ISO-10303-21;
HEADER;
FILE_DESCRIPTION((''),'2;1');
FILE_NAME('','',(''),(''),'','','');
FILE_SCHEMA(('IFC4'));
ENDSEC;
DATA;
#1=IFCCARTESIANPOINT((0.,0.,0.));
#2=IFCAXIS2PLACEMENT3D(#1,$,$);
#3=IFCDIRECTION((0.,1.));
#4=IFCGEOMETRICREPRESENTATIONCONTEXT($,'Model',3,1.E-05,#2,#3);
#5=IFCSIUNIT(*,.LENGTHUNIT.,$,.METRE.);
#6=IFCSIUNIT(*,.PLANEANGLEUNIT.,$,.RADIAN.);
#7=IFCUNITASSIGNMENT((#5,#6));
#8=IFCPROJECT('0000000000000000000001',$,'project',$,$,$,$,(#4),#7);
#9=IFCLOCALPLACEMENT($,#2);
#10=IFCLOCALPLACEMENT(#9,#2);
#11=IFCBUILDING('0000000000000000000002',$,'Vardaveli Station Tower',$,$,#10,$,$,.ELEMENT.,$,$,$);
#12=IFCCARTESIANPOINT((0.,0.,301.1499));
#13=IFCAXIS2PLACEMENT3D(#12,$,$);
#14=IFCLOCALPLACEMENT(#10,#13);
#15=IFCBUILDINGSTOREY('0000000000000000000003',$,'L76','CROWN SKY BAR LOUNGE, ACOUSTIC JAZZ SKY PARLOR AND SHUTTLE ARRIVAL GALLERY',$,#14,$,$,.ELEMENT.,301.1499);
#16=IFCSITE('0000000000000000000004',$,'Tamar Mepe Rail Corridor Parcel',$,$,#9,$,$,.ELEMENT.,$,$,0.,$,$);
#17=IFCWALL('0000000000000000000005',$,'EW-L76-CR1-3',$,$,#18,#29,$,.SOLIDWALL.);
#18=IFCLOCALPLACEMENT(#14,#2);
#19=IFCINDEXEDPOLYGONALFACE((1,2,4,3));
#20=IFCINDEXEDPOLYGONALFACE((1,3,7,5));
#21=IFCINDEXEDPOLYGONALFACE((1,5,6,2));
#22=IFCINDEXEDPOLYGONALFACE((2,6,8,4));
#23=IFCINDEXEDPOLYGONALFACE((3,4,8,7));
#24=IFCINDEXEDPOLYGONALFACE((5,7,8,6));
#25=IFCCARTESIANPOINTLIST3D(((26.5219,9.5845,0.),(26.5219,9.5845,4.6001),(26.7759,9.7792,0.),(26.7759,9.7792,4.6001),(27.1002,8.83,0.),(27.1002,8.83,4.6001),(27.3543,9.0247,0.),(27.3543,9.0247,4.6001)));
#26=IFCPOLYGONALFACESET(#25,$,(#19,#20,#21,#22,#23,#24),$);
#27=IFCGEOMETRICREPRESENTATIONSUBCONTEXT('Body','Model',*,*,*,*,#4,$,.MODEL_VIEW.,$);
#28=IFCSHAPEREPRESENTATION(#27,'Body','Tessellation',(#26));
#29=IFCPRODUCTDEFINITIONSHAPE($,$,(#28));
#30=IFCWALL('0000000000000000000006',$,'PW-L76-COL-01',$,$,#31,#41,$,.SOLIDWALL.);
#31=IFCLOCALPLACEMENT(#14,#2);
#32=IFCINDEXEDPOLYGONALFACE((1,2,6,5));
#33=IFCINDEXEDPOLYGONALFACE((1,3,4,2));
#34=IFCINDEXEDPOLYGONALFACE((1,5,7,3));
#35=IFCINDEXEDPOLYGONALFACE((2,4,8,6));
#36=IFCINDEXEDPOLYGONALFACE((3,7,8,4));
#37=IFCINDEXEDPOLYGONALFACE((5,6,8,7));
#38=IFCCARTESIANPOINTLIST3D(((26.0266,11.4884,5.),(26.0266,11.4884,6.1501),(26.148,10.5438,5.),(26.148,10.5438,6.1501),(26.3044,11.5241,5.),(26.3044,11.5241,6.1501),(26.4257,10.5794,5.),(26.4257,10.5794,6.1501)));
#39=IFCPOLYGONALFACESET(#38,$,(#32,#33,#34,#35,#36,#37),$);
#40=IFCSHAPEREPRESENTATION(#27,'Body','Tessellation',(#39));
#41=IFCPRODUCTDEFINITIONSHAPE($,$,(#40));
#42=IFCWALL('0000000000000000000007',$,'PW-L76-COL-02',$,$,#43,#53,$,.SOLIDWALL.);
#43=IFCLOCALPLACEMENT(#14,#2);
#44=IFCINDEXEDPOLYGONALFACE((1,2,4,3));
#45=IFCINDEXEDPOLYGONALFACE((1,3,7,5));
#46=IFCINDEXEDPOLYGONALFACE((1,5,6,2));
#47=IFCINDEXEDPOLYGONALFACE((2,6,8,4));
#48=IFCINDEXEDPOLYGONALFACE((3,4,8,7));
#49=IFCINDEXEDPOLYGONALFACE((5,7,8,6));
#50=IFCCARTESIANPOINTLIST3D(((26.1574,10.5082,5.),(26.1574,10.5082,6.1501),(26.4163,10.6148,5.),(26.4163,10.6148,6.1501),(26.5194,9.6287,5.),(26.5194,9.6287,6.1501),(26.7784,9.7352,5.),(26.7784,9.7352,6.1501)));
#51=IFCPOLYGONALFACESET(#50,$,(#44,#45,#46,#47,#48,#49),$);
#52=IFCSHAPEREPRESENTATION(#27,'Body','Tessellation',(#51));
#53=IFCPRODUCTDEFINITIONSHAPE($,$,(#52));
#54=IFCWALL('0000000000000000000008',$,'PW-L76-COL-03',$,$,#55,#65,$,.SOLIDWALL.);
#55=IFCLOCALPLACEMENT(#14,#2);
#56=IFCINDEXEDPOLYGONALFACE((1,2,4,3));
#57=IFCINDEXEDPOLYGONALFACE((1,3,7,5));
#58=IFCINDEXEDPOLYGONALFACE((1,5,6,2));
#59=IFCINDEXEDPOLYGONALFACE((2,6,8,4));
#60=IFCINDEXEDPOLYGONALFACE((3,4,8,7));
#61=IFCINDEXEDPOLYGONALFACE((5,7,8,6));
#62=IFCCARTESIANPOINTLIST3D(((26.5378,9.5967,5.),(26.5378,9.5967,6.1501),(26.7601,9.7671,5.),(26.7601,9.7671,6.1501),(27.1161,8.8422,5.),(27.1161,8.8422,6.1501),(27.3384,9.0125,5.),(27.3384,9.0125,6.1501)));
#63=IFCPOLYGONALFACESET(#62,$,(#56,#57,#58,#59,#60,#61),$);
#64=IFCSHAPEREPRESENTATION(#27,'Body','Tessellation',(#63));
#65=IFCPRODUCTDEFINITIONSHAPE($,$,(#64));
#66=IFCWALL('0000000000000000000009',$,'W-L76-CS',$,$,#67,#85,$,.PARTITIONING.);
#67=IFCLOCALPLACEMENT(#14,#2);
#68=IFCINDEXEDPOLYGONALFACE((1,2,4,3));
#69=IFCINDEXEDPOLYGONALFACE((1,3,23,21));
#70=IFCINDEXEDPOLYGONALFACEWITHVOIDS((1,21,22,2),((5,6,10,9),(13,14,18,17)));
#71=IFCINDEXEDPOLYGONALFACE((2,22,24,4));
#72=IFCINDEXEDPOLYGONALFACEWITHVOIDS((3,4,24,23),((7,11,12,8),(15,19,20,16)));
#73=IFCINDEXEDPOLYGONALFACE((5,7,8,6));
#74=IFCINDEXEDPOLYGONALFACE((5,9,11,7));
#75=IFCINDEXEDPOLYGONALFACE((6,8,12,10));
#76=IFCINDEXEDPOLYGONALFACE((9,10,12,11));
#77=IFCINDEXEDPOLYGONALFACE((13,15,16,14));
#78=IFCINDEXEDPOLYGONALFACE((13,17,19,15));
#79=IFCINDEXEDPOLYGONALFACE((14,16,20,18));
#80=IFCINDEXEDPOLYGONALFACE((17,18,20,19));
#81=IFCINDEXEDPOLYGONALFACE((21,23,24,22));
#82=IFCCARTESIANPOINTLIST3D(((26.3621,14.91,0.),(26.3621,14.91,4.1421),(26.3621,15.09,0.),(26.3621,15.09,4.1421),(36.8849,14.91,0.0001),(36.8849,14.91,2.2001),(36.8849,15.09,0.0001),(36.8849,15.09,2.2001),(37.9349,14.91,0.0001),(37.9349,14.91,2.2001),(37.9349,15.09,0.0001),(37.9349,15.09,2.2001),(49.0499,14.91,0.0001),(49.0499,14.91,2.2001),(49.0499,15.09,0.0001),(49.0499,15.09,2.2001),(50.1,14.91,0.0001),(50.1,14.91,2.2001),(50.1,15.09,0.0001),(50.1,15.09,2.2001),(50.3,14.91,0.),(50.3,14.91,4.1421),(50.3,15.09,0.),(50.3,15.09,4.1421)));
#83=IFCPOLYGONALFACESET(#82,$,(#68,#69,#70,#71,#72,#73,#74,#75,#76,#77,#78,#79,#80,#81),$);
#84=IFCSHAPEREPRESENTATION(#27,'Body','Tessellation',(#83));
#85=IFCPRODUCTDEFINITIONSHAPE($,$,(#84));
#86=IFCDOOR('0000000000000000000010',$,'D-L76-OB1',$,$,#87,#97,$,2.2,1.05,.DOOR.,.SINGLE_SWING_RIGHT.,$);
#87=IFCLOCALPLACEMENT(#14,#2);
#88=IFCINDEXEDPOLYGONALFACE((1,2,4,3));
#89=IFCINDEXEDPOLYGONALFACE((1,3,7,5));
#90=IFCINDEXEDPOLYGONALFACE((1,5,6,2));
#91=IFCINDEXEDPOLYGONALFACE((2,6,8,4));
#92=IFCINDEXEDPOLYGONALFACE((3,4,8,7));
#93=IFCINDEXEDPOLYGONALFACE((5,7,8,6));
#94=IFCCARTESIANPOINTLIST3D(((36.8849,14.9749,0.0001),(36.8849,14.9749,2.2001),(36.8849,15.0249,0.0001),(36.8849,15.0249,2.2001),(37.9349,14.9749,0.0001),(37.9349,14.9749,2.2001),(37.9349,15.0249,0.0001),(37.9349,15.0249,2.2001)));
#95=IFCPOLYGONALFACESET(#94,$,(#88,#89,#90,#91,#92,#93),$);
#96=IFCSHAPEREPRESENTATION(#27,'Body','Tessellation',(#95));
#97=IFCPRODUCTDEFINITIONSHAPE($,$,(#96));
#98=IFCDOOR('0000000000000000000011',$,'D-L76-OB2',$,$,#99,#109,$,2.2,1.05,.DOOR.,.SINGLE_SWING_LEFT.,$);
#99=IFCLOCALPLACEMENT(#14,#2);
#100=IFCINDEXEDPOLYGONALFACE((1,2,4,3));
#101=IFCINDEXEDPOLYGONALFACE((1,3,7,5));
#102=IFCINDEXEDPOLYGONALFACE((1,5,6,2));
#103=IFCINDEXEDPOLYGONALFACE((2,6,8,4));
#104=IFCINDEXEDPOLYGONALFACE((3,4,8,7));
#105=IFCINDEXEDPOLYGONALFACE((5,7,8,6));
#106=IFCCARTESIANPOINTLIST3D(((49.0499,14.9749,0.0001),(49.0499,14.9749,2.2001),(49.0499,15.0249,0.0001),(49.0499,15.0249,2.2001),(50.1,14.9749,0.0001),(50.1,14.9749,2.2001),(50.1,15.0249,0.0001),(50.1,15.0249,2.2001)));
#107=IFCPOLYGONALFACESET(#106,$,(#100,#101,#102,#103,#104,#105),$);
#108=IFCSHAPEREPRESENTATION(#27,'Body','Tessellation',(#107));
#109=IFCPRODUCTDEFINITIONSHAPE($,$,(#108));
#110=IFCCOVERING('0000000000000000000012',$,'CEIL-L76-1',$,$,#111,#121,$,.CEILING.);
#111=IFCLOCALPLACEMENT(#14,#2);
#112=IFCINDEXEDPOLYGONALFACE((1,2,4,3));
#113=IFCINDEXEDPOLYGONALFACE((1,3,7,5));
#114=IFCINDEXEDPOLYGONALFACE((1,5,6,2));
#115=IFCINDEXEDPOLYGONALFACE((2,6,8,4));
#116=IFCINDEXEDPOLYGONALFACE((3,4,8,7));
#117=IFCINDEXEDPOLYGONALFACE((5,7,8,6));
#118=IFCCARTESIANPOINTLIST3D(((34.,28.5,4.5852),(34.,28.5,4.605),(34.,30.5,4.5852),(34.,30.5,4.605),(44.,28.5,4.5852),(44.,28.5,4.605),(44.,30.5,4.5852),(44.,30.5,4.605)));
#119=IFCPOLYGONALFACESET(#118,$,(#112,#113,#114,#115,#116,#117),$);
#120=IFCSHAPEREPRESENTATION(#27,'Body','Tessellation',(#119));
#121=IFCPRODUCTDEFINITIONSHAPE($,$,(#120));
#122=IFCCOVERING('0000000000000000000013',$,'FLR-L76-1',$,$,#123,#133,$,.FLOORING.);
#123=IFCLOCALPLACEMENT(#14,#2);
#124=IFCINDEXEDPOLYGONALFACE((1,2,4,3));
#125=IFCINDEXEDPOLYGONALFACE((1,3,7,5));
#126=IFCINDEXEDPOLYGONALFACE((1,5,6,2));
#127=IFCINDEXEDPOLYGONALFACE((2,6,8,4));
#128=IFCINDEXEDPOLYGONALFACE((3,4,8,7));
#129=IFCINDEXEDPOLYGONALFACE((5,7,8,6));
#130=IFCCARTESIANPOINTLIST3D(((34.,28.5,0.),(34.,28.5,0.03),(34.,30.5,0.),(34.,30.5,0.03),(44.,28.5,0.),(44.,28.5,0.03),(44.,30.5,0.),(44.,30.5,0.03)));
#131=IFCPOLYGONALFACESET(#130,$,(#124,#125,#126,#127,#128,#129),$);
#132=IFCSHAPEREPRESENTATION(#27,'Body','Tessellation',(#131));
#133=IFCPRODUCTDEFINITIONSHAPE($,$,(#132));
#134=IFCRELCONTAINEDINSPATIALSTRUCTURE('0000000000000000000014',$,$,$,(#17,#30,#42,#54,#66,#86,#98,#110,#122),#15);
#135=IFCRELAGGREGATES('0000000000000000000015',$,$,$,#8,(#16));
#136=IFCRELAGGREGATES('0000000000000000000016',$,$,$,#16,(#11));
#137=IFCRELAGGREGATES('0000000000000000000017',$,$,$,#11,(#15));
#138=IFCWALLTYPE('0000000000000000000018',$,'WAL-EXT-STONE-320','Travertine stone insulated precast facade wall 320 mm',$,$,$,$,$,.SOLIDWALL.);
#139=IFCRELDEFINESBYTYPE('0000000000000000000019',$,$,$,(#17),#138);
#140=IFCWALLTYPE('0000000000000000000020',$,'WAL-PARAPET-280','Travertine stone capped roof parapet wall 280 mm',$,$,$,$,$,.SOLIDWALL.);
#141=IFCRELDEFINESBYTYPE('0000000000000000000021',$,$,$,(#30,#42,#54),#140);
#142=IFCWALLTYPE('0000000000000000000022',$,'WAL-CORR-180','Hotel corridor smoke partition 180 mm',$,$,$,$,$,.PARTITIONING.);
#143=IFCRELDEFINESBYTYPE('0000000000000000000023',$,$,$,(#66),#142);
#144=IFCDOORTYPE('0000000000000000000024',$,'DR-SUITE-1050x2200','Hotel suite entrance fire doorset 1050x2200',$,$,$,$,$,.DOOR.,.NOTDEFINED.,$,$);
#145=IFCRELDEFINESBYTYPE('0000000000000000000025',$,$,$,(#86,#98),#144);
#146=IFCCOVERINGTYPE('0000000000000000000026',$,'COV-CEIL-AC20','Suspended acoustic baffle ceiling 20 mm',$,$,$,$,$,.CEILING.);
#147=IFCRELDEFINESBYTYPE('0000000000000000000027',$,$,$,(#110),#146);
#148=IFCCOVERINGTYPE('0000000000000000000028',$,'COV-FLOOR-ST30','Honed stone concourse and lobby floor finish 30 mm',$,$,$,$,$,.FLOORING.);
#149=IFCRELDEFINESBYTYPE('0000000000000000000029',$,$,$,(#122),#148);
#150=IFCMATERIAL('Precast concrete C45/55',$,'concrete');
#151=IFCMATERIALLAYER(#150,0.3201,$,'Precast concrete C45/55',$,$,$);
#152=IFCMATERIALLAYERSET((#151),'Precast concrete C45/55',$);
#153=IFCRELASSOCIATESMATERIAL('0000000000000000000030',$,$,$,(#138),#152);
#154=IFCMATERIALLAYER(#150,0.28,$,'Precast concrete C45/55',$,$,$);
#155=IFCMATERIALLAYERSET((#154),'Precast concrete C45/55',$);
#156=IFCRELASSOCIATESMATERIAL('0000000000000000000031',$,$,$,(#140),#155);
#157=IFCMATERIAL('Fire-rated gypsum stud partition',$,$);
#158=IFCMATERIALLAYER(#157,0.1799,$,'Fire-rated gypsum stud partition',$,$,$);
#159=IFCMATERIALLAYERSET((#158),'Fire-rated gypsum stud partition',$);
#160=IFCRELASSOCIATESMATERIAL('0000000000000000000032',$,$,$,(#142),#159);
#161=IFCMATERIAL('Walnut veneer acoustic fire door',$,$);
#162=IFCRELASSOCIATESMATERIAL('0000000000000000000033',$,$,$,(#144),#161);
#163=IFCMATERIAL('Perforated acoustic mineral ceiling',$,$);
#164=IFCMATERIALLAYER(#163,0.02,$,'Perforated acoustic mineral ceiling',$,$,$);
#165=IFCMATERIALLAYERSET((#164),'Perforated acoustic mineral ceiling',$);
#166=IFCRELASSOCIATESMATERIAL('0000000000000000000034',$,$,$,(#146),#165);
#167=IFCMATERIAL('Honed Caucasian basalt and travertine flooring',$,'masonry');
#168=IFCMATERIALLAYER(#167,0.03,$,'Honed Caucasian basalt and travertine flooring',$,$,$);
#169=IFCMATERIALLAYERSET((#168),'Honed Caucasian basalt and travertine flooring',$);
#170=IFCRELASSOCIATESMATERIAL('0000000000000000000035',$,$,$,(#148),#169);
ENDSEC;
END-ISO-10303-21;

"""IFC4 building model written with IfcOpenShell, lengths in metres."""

from ifc_helpers import new_model, si_unit, direction, frame, frame_2d, origin, place, context, subcontext, project, spatial, polyline, rectangle, outline, extrude, source, transform, mapped, material, layer, layer_set, type_object, element, fill, save


model = new_model("IFC4")

# Units and contexts
model_context = context("Model", 3, precision=1e-05, world=origin(), true_north=direction((0.0, 1.0)))
body_context = subcontext(model_context, "Body", "Model", "MODEL_VIEW")
ifc_project = project(units=[si_unit("LENGTHUNIT", "METRE"), si_unit("PLANEANGLEUNIT", "RADIAN")], contexts=[model_context])

# Site, building, storey
site_placement = place(None, origin())
site = spatial("IfcSite", under=ifc_project, at=site_placement, Name="Tamar Mepe Rail Corridor Parcel", CompositionType="ELEMENT", RefElevation=0.0)
building_placement = place(site_placement, origin())
building = spatial("IfcBuilding", under=site, at=building_placement, Name="Vardaveli Station Tower", CompositionType="ELEMENT")
storey_placement = place(building_placement, frame((0.0, 0.0, 301.1499)))
storey = spatial("IfcBuildingStorey", under=building, at=storey_placement, Name="L76", Description="CROWN SKY BAR LOUNGE, ACOUSTIC JAZZ SKY PARLOR AND SHUTTLE ARRIVAL GALLERY", CompositionType="ELEMENT", Elevation=301.1499)

# Shared definitions
ifc_material_1 = material(Name="Precast concrete C45/55", Category="concrete")

# Shared definitions
ifc_layer_1 = layer(ifc_material_1, 0.3201, Name="Precast concrete C45/55")
ifc_layer_set_1 = layer_set([ifc_layer_1], Name="Precast concrete C45/55")
wall_type_1 = type_object("IfcWallType", Name="WAL-EXT-STONE-320", Description="Travertine stone insulated precast facade wall 320 mm", PredefinedType="SOLIDWALL", material=ifc_layer_set_1)

# Walls
shared_shape_1 = source(origin(), body_context, "Body", "SweptSolid", [
    extrude(rectangle(XDim=0.9507, YDim=0.3201, at=frame_2d((0.4753, 0.0))), origin(), (0.0, 0.0, 1.0), 4.6001),
])
wall_1_placement = place(storey_placement, frame((26.6489, 9.6819, 0.0), z_axis=(0.0, 0.0, 1.0), x_axis=(0.608308, -0.793701, 0.0)))
element("IfcWall", 1, at=wall_1_placement, inside=storey, type_object=wall_type_1, Name="EW-L76-CR1-3", PredefinedType="SOLIDWALL", context=body_context, shape_type="MappedRepresentation", body=[
    mapped(shared_shape_1, transform((0.0, 0.0, 0.0), scale=1.0)),
])
ifc_layer_2 = layer(ifc_material_1, 0.28, Name="Precast concrete C45/55")
ifc_layer_set_2 = layer_set([ifc_layer_2], Name="Precast concrete C45/55")
wall_type_2 = type_object("IfcWallType", Name="WAL-PARAPET-280", Description="Travertine stone capped roof parapet wall 280 mm", PredefinedType="SOLIDWALL", material=ifc_layer_set_2)
shared_shape_2 = source(origin(), body_context, "Body", "SweptSolid", [
    extrude(rectangle(XDim=0.9524, YDim=0.28, at=frame_2d((0.4761, 0.0))), origin(), (0.0, 0.0, 1.0), 1.1501),
])
wall_2_placement = place(storey_placement, frame((26.1655, 11.5061, 5.0), z_axis=(0.0, 0.0, 1.0), x_axis=(0.12741, -0.99185, 0.0)))
element("IfcWall", 2, at=wall_2_placement, inside=storey, type_object=wall_type_2, Name="PW-L76-COL-01", PredefinedType="SOLIDWALL", context=body_context, shape_type="MappedRepresentation", body=[
    mapped(shared_shape_2, transform((0.0, 0.0, 0.0), scale=1.0)),
])
shared_shape_3 = source(origin(), body_context, "Body", "SweptSolid", [
    extrude(rectangle(XDim=0.9512, YDim=0.28, at=frame_2d((0.4756, 0.0))), origin(), (0.0, 0.0, 1.0), 1.1501),
])
wall_3_placement = place(storey_placement, frame((26.2869, 10.5615, 5.0), z_axis=(0.0, 0.0, 1.0), x_axis=(0.380621, -0.924731, 0.0)))
element("IfcWall", 3, at=wall_3_placement, inside=storey, type_object=wall_type_2, Name="PW-L76-COL-02", PredefinedType="SOLIDWALL", context=body_context, shape_type="MappedRepresentation", body=[
    mapped(shared_shape_3, transform((0.0, 0.0, 0.0), scale=1.0)),
])
shared_shape_4 = source(origin(), body_context, "Body", "SweptSolid", [
    extrude(rectangle(XDim=0.9507, YDim=0.28, at=frame_2d((0.4753, 0.0))), origin(), (0.0, 0.0, 1.0), 1.1501),
])
wall_4_placement = place(storey_placement, frame((26.6489, 9.6819, 5.0), z_axis=(0.0, 0.0, 1.0), x_axis=(0.608308, -0.793701, 0.0)))
element("IfcWall", 4, at=wall_4_placement, inside=storey, type_object=wall_type_2, Name="PW-L76-COL-03", PredefinedType="SOLIDWALL", context=body_context, shape_type="MappedRepresentation", body=[
    mapped(shared_shape_4, transform((0.0, 0.0, 0.0), scale=1.0)),
])

# Wall, openings, doors
ifc_material_2 = material(Name="Fire-rated gypsum stud partition")
ifc_layer_3 = layer(ifc_material_2, 0.1799, Name="Fire-rated gypsum stud partition")
ifc_layer_set_3 = layer_set([ifc_layer_3], Name="Fire-rated gypsum stud partition")
wall_type_3 = type_object("IfcWallType", Name="WAL-CORR-180", Description="Hotel corridor smoke partition 180 mm", PredefinedType="PARTITIONING", material=ifc_layer_set_3)
shared_shape_5 = source(origin(), body_context, "Body", "SweptSolid", [
    extrude(rectangle(XDim=23.938, YDim=0.1799, at=frame_2d((11.969, 0.0))), origin(), (0.0, 0.0, 1.0), 4.1421),
])
wall_5_placement = place(storey_placement, frame((26.3621, 15.0, 0.0), z_axis=(0.0, 0.0, 1.0), x_axis=(1.0, 0.0, 0.0)))
wall_5 = element("IfcWall", 5, at=wall_5_placement, inside=storey, type_object=wall_type_3, Name="W-L76-CS", PredefinedType="PARTITIONING", context=body_context, shape_type="MappedRepresentation", body=[
    mapped(shared_shape_5, transform((0.0, 0.0, 0.0), scale=1.0)),
])
shared_shape_6 = source(origin(), body_context, "Body", "SweptSolid", [
    extrude(rectangle(XDim=1.05, YDim=2.2, at=frame_2d((0.5249, 1.1001))), frame((0.0, 0.1001, 0.0), z_axis=(0.0, -1.0, 0.0), x_axis=(1.0, 0.0, 0.0)), (0.0, 0.0, 1.0), 0.2),
])
opening_1_placement = place(wall_5_placement, frame((10.5229, 0.0, 0.0)))
opening_1 = element("IfcOpeningElement", 6, at=opening_1_placement, cuts=wall_5, PredefinedType="OPENING", context=body_context, shape_type="MappedRepresentation", body=[
    mapped(shared_shape_6, transform((0.0, 0.0, 0.0), scale=1.0)),
])
opening_2_placement = place(wall_5_placement, frame((22.688, 0.0, 0.0)))
opening_2 = element("IfcOpeningElement", 7, at=opening_2_placement, cuts=wall_5, PredefinedType="OPENING", context=body_context, shape_type="MappedRepresentation", body=[
    mapped(shared_shape_6, transform((0.0, 0.0, 0.0), scale=1.0)),
])
ifc_material_3 = material(Name="Walnut veneer acoustic fire door")
door_type = type_object("IfcDoorType", Name="DR-SUITE-1050x2200", Description="Hotel suite entrance fire doorset 1050x2200", OperationType="NOTDEFINED", PredefinedType="DOOR", material=ifc_material_3)
shared_shape_7 = source(origin(), body_context, "Body", "SweptSolid", [
    extrude(rectangle(XDim=1.05, YDim=2.2, at=frame_2d((0.5249, 1.1001))), frame((0.0, 0.0249, 0.0), z_axis=(0.0, -1.0, 0.0), x_axis=(1.0, 0.0, 0.0)), (0.0, 0.0, 1.0), 0.05),
])
door_1_placement = place(opening_1_placement, origin())
door_1 = element("IfcDoor", 8, at=door_1_placement, inside=storey, type_object=door_type, Name="D-L76-OB1", OperationType="SINGLE_SWING_RIGHT", OverallHeight=2.2, OverallWidth=1.05, PredefinedType="DOOR", context=body_context, shape_type="MappedRepresentation", body=[
    mapped(shared_shape_7, transform((0.0, 0.0, 0.0), scale=1.0)),
])
fill(opening_1, door_1)
door_2_placement = place(opening_2_placement, origin())
door_2 = element("IfcDoor", 9, at=door_2_placement, inside=storey, type_object=door_type, Name="D-L76-OB2", OperationType="SINGLE_SWING_LEFT", OverallHeight=2.2, OverallWidth=1.05, PredefinedType="DOOR", context=body_context, shape_type="MappedRepresentation", body=[
    mapped(shared_shape_7, transform((0.0, 0.0, 0.0), scale=1.0)),
])
fill(opening_2, door_2)

# Coverings
ifc_material_4 = material(Name="Perforated acoustic mineral ceiling")
ifc_layer_4 = layer(ifc_material_4, 0.02, Name="Perforated acoustic mineral ceiling")
ifc_layer_set_4 = layer_set([ifc_layer_4], Name="Perforated acoustic mineral ceiling")
covering_type_1 = type_object("IfcCoveringType", Name="COV-CEIL-AC20", Description="Suspended acoustic baffle ceiling 20 mm", PredefinedType="CEILING", material=ifc_layer_set_4)
covering_1_placement = place(storey_placement, frame((0.0, 0.0, 4.5852)))
element("IfcCovering", 10, at=covering_1_placement, inside=storey, type_object=covering_type_1, Name="CEIL-L76-1", PredefinedType="CEILING", context=body_context, shape_type="SweptSolid", body=[
    extrude(outline(polyline([(34.0, 28.5), (44.0, 28.5), (44.0, 30.5), (34.0, 30.5), (34.0, 28.5)])), origin(), (0.0, 0.0, 1.0), 0.0198),
])
ifc_material_5 = material(Name="Honed Caucasian basalt and travertine flooring", Category="masonry")
ifc_layer_5 = layer(ifc_material_5, 0.03, Name="Honed Caucasian basalt and travertine flooring")
ifc_layer_set_5 = layer_set([ifc_layer_5], Name="Honed Caucasian basalt and travertine flooring")
covering_type_2 = type_object("IfcCoveringType", Name="COV-FLOOR-ST30", Description="Honed stone concourse and lobby floor finish 30 mm", PredefinedType="FLOORING", material=ifc_layer_set_5)
covering_2_placement = place(storey_placement, origin())
element("IfcCovering", 11, at=covering_2_placement, inside=storey, type_object=covering_type_2, Name="FLR-L76-1", PredefinedType="FLOORING", context=body_context, shape_type="SweptSolid", body=[
    extrude(outline(polyline([(34.0, 28.5), (44.0, 28.5), (44.0, 30.5), (34.0, 30.5), (34.0, 28.5)])), origin(), (0.0, 0.0, 1.0), 0.03),
])

save(model, "model.ifc")
